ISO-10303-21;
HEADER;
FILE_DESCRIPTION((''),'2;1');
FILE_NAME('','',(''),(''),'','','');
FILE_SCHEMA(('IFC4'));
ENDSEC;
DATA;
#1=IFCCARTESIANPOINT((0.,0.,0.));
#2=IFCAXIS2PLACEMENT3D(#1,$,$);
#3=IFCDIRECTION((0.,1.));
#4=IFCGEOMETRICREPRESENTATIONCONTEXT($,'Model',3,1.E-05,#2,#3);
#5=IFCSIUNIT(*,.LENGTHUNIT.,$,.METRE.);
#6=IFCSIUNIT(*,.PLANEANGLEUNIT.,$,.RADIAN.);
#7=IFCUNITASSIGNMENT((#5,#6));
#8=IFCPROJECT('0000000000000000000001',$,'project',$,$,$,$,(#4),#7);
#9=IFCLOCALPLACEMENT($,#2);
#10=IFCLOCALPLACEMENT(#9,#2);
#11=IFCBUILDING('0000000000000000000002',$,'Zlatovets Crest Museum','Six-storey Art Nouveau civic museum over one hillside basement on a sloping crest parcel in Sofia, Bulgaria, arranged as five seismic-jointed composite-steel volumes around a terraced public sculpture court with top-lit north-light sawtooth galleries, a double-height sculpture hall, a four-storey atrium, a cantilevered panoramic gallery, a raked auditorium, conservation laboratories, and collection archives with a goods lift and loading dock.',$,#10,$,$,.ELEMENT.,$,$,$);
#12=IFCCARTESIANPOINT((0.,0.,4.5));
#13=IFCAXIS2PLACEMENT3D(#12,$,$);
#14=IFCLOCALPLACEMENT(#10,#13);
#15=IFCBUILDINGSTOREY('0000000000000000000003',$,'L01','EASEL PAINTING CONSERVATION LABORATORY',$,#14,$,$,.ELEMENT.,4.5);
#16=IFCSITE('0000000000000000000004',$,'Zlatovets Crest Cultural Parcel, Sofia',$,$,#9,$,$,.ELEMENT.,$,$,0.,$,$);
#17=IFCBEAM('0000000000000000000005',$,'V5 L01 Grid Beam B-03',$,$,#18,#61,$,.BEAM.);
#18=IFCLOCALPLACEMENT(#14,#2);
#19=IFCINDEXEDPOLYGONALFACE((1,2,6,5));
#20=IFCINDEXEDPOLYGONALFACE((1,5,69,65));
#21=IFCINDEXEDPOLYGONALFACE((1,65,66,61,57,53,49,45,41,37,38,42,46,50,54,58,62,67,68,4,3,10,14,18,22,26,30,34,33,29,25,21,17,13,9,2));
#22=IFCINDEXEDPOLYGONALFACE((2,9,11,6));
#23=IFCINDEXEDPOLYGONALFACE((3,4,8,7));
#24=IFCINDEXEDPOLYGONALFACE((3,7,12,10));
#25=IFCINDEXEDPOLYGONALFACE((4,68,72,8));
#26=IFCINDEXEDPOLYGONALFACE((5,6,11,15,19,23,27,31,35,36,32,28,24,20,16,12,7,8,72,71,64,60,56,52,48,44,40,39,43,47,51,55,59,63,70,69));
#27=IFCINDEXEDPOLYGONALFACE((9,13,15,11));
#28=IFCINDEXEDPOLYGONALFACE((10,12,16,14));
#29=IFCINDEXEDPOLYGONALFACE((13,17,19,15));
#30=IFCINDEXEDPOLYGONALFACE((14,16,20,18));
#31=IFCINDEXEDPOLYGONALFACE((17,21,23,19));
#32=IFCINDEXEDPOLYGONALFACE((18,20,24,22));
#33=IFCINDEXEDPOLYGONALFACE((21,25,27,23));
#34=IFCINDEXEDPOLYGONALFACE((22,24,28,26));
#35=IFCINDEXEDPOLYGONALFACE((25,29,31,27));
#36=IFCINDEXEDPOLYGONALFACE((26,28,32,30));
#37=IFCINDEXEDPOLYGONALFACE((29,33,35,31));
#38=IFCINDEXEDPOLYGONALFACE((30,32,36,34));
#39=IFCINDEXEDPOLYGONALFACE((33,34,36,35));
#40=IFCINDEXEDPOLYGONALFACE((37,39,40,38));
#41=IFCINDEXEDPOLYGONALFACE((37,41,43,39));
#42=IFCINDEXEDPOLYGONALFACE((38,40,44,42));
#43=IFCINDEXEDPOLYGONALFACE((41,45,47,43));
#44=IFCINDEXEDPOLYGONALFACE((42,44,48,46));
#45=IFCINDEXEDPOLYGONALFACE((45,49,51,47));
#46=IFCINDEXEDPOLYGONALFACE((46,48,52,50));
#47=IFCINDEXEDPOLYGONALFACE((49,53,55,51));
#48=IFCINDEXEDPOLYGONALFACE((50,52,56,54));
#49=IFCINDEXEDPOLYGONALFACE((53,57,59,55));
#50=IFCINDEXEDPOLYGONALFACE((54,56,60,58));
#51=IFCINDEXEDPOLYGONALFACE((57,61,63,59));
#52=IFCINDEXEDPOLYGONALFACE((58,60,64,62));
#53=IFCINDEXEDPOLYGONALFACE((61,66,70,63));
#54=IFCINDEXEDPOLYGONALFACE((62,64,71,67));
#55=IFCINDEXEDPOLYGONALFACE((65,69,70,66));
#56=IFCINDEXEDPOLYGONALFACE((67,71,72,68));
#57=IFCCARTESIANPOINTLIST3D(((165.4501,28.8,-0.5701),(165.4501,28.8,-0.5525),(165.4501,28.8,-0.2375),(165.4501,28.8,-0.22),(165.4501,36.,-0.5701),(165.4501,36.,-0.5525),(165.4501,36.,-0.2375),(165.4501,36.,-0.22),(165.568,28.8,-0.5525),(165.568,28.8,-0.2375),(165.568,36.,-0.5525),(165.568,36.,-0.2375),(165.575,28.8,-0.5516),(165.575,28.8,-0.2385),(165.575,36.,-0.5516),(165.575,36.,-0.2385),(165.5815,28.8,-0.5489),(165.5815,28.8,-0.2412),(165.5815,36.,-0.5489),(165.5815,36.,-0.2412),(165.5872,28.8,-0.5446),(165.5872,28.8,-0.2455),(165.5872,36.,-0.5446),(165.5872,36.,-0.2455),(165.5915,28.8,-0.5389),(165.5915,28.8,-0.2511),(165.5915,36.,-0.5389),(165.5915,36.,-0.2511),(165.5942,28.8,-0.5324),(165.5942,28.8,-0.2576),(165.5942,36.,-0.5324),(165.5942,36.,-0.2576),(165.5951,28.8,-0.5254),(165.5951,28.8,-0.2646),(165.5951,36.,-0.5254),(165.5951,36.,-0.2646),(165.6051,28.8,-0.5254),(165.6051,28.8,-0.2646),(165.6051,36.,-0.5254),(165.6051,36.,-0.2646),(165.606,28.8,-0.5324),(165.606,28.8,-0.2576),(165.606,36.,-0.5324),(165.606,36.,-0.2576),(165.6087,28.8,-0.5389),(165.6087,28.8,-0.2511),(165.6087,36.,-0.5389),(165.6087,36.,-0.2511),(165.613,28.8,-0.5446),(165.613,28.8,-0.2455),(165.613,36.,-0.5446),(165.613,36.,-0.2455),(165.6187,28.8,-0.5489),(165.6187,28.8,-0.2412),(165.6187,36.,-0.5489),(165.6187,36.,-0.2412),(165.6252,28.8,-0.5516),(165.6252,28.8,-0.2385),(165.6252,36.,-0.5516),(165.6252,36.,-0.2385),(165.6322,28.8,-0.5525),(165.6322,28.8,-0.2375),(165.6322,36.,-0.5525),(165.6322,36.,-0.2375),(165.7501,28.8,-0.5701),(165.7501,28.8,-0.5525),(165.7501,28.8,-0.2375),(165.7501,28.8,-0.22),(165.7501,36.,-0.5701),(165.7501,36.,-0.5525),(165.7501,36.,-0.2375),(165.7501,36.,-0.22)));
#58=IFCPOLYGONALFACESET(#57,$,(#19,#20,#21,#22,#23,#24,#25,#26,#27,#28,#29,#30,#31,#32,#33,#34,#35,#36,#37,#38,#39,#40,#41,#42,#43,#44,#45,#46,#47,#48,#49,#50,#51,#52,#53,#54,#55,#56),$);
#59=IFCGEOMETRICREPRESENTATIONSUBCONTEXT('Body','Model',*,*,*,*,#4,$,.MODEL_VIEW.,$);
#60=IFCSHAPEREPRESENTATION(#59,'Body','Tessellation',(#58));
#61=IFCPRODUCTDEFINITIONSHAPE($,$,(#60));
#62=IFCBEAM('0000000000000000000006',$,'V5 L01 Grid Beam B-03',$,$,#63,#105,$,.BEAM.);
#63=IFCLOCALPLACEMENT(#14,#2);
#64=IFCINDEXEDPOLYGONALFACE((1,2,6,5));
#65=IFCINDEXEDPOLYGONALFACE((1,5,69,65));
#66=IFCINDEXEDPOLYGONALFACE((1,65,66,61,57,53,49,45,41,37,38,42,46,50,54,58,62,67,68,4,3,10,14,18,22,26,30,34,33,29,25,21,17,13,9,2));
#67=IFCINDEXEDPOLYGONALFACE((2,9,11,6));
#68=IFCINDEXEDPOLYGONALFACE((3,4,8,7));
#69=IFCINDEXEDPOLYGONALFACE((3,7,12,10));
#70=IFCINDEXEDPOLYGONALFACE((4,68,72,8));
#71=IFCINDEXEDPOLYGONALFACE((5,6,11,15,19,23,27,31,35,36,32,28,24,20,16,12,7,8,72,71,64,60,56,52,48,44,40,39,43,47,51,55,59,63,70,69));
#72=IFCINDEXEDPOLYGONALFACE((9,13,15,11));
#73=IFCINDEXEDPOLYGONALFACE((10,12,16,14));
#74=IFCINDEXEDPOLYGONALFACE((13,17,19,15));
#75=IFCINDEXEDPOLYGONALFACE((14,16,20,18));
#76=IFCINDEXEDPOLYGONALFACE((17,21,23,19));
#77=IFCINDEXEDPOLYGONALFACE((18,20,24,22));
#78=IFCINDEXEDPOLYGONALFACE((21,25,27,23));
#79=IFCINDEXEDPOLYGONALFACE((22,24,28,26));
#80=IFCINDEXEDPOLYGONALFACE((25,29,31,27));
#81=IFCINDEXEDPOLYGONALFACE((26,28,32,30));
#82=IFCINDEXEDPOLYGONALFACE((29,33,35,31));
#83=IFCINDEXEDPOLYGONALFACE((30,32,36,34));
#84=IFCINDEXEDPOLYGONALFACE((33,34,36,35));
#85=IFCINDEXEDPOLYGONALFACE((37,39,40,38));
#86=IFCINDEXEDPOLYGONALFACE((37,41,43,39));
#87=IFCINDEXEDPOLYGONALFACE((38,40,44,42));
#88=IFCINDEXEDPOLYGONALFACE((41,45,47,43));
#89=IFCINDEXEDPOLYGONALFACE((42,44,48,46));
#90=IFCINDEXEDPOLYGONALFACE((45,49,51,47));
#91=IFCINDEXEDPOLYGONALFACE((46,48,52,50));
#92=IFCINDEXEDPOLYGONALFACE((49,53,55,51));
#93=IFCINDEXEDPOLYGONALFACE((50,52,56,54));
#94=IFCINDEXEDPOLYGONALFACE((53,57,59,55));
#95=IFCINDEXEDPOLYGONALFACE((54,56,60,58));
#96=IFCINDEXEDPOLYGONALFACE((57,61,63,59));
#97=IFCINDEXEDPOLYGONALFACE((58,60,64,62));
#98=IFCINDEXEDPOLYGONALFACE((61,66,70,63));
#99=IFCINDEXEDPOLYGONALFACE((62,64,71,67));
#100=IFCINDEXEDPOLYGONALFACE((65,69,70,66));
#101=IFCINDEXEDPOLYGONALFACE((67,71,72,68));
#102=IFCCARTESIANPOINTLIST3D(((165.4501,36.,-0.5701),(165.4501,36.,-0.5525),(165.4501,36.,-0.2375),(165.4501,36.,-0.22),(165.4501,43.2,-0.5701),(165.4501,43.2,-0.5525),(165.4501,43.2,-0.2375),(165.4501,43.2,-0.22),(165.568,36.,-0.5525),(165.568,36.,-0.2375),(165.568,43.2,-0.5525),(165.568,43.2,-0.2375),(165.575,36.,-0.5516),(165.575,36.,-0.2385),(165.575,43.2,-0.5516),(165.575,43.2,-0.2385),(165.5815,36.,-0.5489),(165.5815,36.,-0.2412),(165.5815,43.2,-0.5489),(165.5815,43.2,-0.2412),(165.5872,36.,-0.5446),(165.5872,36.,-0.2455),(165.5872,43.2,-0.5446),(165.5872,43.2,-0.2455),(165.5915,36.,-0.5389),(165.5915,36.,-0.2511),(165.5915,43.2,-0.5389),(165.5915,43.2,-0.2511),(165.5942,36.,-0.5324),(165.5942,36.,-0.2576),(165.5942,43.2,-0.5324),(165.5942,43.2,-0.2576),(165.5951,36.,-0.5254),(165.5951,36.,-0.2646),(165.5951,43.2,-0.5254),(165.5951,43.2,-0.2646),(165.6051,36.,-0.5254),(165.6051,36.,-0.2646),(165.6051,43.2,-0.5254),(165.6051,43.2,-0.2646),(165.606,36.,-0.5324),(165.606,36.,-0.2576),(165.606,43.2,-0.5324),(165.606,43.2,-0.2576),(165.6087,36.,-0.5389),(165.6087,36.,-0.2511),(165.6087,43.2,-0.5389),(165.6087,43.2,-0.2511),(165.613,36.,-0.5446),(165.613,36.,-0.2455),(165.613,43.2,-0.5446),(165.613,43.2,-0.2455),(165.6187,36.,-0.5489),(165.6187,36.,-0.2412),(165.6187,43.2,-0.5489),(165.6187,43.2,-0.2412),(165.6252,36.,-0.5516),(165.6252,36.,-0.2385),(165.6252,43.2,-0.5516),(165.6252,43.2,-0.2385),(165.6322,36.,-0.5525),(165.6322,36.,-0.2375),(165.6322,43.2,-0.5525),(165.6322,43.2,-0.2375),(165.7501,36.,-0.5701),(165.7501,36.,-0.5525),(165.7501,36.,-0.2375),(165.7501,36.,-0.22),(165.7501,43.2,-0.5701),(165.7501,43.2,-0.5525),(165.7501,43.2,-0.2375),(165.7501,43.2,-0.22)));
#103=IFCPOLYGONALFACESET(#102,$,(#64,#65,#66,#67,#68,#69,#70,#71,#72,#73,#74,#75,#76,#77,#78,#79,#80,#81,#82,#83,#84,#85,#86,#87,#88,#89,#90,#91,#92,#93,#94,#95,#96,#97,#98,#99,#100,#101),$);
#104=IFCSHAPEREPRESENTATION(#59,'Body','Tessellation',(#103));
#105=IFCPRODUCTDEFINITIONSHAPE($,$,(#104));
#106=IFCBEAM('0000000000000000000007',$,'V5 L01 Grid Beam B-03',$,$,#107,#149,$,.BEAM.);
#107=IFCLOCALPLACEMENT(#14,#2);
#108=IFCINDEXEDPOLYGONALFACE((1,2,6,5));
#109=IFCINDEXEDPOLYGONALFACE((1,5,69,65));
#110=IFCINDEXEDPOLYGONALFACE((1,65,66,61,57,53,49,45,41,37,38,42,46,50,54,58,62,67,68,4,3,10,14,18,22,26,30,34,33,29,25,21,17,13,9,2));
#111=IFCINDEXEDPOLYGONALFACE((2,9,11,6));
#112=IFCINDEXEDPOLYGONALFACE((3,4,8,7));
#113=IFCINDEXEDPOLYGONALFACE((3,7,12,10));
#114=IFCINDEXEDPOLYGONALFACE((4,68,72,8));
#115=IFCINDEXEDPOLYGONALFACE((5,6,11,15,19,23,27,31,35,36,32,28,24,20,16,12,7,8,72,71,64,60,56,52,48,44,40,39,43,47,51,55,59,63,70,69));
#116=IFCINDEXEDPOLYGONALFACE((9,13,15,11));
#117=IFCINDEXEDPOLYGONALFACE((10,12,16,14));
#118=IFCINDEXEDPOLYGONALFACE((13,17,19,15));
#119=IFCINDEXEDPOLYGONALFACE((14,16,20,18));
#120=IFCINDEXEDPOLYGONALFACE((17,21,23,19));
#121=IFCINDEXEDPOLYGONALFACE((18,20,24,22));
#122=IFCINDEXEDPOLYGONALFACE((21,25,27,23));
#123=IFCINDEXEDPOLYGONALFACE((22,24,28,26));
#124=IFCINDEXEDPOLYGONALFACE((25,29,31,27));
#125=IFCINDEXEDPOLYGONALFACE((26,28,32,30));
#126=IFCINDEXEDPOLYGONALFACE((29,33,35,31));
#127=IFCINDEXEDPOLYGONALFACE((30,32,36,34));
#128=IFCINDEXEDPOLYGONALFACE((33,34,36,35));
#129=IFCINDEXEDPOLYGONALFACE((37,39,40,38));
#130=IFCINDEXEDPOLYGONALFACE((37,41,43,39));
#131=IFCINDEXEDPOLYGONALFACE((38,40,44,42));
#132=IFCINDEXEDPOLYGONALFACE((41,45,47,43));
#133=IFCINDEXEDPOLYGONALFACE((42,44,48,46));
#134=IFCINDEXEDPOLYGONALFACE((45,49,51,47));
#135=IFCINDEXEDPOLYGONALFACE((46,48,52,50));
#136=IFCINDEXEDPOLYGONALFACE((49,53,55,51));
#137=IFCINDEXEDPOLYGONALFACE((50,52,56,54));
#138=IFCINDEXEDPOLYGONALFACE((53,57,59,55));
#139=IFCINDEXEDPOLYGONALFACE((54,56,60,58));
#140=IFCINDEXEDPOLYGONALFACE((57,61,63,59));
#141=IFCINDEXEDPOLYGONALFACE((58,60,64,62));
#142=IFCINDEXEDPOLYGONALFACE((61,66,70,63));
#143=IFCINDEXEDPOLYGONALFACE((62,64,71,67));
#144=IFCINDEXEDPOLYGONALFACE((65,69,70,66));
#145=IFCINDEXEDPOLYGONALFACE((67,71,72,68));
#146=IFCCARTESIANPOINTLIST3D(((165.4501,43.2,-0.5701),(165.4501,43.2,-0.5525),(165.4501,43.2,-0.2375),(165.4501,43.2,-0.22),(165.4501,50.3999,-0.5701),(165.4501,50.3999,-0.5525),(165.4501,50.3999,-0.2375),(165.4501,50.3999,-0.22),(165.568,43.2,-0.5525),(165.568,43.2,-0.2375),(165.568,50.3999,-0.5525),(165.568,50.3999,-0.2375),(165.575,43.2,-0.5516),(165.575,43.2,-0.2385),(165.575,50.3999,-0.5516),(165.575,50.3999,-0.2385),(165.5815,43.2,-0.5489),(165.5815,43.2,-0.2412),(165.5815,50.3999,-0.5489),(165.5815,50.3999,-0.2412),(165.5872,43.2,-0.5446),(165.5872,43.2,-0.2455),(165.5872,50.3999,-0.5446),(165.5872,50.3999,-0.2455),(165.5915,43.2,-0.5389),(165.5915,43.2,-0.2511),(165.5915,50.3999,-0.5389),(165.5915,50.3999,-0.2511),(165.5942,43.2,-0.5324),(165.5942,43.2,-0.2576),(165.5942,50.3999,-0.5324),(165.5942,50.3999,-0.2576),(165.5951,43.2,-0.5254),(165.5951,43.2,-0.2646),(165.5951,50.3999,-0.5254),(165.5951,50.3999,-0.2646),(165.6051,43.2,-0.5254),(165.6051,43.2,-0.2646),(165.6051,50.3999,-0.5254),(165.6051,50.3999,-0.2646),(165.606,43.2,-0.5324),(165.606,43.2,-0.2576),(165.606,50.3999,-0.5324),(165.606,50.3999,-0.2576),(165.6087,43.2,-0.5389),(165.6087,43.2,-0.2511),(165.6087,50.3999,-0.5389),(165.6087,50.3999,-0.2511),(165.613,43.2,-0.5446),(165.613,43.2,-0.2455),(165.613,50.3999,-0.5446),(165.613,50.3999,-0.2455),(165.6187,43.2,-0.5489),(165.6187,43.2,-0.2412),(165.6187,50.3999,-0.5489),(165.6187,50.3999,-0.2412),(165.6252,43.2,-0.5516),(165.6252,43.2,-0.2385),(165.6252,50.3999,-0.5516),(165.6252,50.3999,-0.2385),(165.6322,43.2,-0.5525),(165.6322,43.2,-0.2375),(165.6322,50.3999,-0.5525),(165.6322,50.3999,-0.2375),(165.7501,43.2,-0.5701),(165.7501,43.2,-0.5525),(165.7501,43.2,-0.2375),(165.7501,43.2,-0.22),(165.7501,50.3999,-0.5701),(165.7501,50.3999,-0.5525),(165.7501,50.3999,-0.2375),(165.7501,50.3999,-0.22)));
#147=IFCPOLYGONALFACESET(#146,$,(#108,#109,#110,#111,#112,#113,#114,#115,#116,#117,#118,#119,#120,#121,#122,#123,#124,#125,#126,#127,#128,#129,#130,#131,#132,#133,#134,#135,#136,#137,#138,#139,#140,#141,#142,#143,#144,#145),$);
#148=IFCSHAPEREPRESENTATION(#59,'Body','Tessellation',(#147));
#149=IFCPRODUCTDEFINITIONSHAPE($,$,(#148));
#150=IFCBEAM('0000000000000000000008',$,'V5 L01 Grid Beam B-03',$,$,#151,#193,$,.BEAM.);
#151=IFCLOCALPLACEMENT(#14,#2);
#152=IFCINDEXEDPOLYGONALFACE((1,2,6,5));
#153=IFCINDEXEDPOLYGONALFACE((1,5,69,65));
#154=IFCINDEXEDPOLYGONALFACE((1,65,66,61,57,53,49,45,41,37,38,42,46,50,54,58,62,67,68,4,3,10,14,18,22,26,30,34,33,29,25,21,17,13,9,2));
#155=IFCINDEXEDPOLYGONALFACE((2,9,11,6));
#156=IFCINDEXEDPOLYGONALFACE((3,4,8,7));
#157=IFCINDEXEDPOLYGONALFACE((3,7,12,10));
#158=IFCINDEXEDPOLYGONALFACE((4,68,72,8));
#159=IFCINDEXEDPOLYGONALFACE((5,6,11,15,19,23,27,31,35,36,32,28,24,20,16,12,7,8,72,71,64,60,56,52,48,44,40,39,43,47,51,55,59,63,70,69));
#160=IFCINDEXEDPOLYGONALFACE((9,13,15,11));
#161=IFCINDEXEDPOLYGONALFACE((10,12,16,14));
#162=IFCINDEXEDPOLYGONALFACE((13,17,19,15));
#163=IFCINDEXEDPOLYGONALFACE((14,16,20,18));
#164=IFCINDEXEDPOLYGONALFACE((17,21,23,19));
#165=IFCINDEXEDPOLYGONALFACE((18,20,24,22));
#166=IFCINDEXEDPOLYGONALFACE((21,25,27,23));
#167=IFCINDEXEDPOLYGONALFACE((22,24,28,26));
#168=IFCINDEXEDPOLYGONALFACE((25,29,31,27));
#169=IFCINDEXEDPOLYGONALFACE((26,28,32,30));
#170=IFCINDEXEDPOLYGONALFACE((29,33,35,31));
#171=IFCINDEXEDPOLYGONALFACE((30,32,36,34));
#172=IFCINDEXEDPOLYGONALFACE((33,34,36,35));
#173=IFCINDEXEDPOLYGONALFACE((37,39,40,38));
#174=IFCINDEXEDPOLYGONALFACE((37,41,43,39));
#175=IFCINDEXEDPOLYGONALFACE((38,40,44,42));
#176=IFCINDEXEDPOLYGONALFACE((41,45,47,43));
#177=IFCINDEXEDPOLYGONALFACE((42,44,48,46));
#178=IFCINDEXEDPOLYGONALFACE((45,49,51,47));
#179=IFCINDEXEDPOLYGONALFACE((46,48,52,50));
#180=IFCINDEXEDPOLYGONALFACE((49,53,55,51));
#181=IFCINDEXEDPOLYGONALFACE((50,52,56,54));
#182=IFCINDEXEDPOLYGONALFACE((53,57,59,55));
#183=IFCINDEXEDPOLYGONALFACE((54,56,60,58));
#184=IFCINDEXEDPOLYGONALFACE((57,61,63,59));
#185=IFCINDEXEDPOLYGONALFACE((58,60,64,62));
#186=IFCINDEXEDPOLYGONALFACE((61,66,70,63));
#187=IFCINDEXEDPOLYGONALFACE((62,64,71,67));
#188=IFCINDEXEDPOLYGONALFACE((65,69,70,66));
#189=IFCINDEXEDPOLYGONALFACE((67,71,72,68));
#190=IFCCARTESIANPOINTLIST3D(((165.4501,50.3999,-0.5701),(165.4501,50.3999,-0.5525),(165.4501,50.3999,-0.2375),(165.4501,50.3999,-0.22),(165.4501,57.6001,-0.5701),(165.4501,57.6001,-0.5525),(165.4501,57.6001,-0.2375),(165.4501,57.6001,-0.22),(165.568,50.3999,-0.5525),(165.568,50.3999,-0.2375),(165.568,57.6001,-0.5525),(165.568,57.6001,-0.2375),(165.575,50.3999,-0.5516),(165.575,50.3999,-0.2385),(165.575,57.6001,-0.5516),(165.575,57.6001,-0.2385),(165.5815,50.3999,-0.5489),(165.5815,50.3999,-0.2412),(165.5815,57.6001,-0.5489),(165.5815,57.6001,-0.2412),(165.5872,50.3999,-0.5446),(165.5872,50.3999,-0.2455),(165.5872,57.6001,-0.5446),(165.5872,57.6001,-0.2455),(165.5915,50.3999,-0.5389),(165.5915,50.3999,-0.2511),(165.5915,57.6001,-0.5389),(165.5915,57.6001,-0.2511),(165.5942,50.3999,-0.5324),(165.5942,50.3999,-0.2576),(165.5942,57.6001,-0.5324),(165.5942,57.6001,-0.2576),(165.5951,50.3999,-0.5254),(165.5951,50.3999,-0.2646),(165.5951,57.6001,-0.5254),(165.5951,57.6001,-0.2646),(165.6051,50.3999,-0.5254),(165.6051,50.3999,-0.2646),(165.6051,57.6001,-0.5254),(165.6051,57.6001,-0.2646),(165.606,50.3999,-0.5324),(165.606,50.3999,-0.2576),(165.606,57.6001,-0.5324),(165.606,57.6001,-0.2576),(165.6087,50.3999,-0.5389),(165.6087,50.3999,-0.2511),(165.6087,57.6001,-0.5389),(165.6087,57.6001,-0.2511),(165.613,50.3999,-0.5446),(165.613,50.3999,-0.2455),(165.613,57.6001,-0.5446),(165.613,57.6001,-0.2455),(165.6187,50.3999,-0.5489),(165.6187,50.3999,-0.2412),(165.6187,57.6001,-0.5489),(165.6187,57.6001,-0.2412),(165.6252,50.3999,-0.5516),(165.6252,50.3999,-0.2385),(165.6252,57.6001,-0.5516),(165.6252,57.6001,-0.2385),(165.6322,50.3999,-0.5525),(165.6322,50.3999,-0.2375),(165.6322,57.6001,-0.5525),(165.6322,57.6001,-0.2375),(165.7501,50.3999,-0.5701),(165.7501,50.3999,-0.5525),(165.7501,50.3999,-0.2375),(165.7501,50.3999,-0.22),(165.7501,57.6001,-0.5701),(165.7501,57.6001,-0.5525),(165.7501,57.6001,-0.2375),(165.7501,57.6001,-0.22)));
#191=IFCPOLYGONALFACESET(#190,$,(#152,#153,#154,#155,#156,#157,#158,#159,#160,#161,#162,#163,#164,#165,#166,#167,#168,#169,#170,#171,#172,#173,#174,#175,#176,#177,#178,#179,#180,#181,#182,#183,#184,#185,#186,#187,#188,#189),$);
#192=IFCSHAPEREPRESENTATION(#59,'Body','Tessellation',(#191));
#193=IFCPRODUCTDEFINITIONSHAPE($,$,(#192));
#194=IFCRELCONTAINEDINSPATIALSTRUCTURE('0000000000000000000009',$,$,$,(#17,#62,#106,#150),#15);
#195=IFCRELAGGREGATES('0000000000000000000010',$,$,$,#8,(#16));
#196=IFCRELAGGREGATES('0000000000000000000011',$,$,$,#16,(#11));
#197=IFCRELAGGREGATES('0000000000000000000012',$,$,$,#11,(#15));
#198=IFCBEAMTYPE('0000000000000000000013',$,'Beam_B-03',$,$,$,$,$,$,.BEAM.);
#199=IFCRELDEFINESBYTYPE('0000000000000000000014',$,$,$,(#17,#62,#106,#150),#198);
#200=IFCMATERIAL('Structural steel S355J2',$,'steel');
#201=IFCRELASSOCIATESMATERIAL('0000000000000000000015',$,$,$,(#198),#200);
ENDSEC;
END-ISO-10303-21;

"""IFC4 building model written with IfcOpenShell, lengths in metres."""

from ifc_helpers import new_model, si_unit, direction, frame, origin, origin_2d, place, context, subcontext, project, spatial, i_section, extrude, material, material_profile, profile_set, type_object, element, save


model = new_model("IFC4")

# Units and contexts
model_context = context("Model", 3, precision=1e-05, world=origin(), true_north=direction((0.0, 1.0)))
body_context = subcontext(model_context, "Body", "Model", "MODEL_VIEW")
ifc_project = project(units=[si_unit("LENGTHUNIT", "METRE"), si_unit("PLANEANGLEUNIT", "RADIAN")], contexts=[model_context])

# Site, building, storey
site_placement = place(None, origin())
site = spatial("IfcSite", under=ifc_project, at=site_placement, Name="Zlatovets Crest Cultural Parcel, Sofia", CompositionType="ELEMENT", RefElevation=0.0)
building_placement = place(site_placement, origin())
building = spatial("IfcBuilding", under=site, at=building_placement, Name="Zlatovets Crest Museum", Description="Six-storey Art Nouveau civic museum over one hillside basement on a sloping crest parcel in Sofia, Bulgaria, arranged as five seismic-jointed composite-steel volumes around a terraced public sculpture court with top-lit north-light sawtooth galleries, a double-height sculpture hall, a four-storey atrium, a cantilevered panoramic gallery, a raked auditorium, conservation laboratories, and collection archives with a goods lift and loading dock.", CompositionType="ELEMENT")
storey_placement = place(building_placement, frame((0.0, 0.0, 4.5)))
storey = spatial("IfcBuildingStorey", under=building, at=storey_placement, Name="L01", Description="EASEL PAINTING CONSERVATION LABORATORY", CompositionType="ELEMENT", Elevation=4.5)

# Shared definitions
ifc_material_1 = material(Name="Structural steel S355J2", Category="steel")

# Beams
ifc_material_profile_1 = material_profile(ifc_material_1, i_section(OverallWidth=0.3, OverallDepth=0.3501, WebThickness=0.01, FlangeThickness=0.0176, FilletRadius=0.0271, at=origin_2d()), Name="HEA 360")
ifc_profile_set_1 = profile_set([ifc_material_profile_1], Name="Structural steel S355J2")
beam_type_1 = type_object("IfcBeamType", Name="Beam_B-03", PredefinedType="BEAM", material=ifc_profile_set_1)
for number, where, z_axis, x_axis, name in (
    (1, (165.6001, 28.8, -0.395), (0.0, 1.0, 0.0), (-1.0, 0.0, 0.0), "V5 L01 Grid Beam B-03"),
    (2, (165.6001, 36.0, -0.395), (0.0, 1.0, 0.0), (-1.0, 0.0, 0.0), "V5 L01 Grid Beam B-03"),
    (3, (165.6001, 43.2, -0.395), (0.0, 1.0, 0.0), (-1.0, 0.0, 0.0), "V5 L01 Grid Beam B-03"),
):
    element("IfcBeam", number, at=place(storey_placement, frame(where, z_axis=z_axis, x_axis=x_axis)), inside=storey, type_object=beam_type_1, Name=name, PredefinedType="BEAM", context=body_context, shape_type="SweptSolid", body=[
        extrude(i_section(OverallWidth=0.3, OverallDepth=0.3501, WebThickness=0.01, FlangeThickness=0.0176, FilletRadius=0.0271, at=origin_2d()), origin(), (0.0, 0.0, 1.0), 7.2),
    ])
beam_1_placement = place(storey_placement, frame((165.6001, 50.3999, -0.395), z_axis=(0.0, 1.0, 0.0), x_axis=(-1.0, 0.0, 0.0)))
element("IfcBeam", 4, at=beam_1_placement, inside=storey, type_object=beam_type_1, Name="V5 L01 Grid Beam B-03", PredefinedType="BEAM", context=body_context, shape_type="SweptSolid", body=[
    extrude(i_section(OverallWidth=0.3, OverallDepth=0.3501, WebThickness=0.01, FlangeThickness=0.0176, FilletRadius=0.0271, at=origin_2d()), origin(), (0.0, 0.0, 1.0), 7.2002),
])

save(model, "model.ifc")
